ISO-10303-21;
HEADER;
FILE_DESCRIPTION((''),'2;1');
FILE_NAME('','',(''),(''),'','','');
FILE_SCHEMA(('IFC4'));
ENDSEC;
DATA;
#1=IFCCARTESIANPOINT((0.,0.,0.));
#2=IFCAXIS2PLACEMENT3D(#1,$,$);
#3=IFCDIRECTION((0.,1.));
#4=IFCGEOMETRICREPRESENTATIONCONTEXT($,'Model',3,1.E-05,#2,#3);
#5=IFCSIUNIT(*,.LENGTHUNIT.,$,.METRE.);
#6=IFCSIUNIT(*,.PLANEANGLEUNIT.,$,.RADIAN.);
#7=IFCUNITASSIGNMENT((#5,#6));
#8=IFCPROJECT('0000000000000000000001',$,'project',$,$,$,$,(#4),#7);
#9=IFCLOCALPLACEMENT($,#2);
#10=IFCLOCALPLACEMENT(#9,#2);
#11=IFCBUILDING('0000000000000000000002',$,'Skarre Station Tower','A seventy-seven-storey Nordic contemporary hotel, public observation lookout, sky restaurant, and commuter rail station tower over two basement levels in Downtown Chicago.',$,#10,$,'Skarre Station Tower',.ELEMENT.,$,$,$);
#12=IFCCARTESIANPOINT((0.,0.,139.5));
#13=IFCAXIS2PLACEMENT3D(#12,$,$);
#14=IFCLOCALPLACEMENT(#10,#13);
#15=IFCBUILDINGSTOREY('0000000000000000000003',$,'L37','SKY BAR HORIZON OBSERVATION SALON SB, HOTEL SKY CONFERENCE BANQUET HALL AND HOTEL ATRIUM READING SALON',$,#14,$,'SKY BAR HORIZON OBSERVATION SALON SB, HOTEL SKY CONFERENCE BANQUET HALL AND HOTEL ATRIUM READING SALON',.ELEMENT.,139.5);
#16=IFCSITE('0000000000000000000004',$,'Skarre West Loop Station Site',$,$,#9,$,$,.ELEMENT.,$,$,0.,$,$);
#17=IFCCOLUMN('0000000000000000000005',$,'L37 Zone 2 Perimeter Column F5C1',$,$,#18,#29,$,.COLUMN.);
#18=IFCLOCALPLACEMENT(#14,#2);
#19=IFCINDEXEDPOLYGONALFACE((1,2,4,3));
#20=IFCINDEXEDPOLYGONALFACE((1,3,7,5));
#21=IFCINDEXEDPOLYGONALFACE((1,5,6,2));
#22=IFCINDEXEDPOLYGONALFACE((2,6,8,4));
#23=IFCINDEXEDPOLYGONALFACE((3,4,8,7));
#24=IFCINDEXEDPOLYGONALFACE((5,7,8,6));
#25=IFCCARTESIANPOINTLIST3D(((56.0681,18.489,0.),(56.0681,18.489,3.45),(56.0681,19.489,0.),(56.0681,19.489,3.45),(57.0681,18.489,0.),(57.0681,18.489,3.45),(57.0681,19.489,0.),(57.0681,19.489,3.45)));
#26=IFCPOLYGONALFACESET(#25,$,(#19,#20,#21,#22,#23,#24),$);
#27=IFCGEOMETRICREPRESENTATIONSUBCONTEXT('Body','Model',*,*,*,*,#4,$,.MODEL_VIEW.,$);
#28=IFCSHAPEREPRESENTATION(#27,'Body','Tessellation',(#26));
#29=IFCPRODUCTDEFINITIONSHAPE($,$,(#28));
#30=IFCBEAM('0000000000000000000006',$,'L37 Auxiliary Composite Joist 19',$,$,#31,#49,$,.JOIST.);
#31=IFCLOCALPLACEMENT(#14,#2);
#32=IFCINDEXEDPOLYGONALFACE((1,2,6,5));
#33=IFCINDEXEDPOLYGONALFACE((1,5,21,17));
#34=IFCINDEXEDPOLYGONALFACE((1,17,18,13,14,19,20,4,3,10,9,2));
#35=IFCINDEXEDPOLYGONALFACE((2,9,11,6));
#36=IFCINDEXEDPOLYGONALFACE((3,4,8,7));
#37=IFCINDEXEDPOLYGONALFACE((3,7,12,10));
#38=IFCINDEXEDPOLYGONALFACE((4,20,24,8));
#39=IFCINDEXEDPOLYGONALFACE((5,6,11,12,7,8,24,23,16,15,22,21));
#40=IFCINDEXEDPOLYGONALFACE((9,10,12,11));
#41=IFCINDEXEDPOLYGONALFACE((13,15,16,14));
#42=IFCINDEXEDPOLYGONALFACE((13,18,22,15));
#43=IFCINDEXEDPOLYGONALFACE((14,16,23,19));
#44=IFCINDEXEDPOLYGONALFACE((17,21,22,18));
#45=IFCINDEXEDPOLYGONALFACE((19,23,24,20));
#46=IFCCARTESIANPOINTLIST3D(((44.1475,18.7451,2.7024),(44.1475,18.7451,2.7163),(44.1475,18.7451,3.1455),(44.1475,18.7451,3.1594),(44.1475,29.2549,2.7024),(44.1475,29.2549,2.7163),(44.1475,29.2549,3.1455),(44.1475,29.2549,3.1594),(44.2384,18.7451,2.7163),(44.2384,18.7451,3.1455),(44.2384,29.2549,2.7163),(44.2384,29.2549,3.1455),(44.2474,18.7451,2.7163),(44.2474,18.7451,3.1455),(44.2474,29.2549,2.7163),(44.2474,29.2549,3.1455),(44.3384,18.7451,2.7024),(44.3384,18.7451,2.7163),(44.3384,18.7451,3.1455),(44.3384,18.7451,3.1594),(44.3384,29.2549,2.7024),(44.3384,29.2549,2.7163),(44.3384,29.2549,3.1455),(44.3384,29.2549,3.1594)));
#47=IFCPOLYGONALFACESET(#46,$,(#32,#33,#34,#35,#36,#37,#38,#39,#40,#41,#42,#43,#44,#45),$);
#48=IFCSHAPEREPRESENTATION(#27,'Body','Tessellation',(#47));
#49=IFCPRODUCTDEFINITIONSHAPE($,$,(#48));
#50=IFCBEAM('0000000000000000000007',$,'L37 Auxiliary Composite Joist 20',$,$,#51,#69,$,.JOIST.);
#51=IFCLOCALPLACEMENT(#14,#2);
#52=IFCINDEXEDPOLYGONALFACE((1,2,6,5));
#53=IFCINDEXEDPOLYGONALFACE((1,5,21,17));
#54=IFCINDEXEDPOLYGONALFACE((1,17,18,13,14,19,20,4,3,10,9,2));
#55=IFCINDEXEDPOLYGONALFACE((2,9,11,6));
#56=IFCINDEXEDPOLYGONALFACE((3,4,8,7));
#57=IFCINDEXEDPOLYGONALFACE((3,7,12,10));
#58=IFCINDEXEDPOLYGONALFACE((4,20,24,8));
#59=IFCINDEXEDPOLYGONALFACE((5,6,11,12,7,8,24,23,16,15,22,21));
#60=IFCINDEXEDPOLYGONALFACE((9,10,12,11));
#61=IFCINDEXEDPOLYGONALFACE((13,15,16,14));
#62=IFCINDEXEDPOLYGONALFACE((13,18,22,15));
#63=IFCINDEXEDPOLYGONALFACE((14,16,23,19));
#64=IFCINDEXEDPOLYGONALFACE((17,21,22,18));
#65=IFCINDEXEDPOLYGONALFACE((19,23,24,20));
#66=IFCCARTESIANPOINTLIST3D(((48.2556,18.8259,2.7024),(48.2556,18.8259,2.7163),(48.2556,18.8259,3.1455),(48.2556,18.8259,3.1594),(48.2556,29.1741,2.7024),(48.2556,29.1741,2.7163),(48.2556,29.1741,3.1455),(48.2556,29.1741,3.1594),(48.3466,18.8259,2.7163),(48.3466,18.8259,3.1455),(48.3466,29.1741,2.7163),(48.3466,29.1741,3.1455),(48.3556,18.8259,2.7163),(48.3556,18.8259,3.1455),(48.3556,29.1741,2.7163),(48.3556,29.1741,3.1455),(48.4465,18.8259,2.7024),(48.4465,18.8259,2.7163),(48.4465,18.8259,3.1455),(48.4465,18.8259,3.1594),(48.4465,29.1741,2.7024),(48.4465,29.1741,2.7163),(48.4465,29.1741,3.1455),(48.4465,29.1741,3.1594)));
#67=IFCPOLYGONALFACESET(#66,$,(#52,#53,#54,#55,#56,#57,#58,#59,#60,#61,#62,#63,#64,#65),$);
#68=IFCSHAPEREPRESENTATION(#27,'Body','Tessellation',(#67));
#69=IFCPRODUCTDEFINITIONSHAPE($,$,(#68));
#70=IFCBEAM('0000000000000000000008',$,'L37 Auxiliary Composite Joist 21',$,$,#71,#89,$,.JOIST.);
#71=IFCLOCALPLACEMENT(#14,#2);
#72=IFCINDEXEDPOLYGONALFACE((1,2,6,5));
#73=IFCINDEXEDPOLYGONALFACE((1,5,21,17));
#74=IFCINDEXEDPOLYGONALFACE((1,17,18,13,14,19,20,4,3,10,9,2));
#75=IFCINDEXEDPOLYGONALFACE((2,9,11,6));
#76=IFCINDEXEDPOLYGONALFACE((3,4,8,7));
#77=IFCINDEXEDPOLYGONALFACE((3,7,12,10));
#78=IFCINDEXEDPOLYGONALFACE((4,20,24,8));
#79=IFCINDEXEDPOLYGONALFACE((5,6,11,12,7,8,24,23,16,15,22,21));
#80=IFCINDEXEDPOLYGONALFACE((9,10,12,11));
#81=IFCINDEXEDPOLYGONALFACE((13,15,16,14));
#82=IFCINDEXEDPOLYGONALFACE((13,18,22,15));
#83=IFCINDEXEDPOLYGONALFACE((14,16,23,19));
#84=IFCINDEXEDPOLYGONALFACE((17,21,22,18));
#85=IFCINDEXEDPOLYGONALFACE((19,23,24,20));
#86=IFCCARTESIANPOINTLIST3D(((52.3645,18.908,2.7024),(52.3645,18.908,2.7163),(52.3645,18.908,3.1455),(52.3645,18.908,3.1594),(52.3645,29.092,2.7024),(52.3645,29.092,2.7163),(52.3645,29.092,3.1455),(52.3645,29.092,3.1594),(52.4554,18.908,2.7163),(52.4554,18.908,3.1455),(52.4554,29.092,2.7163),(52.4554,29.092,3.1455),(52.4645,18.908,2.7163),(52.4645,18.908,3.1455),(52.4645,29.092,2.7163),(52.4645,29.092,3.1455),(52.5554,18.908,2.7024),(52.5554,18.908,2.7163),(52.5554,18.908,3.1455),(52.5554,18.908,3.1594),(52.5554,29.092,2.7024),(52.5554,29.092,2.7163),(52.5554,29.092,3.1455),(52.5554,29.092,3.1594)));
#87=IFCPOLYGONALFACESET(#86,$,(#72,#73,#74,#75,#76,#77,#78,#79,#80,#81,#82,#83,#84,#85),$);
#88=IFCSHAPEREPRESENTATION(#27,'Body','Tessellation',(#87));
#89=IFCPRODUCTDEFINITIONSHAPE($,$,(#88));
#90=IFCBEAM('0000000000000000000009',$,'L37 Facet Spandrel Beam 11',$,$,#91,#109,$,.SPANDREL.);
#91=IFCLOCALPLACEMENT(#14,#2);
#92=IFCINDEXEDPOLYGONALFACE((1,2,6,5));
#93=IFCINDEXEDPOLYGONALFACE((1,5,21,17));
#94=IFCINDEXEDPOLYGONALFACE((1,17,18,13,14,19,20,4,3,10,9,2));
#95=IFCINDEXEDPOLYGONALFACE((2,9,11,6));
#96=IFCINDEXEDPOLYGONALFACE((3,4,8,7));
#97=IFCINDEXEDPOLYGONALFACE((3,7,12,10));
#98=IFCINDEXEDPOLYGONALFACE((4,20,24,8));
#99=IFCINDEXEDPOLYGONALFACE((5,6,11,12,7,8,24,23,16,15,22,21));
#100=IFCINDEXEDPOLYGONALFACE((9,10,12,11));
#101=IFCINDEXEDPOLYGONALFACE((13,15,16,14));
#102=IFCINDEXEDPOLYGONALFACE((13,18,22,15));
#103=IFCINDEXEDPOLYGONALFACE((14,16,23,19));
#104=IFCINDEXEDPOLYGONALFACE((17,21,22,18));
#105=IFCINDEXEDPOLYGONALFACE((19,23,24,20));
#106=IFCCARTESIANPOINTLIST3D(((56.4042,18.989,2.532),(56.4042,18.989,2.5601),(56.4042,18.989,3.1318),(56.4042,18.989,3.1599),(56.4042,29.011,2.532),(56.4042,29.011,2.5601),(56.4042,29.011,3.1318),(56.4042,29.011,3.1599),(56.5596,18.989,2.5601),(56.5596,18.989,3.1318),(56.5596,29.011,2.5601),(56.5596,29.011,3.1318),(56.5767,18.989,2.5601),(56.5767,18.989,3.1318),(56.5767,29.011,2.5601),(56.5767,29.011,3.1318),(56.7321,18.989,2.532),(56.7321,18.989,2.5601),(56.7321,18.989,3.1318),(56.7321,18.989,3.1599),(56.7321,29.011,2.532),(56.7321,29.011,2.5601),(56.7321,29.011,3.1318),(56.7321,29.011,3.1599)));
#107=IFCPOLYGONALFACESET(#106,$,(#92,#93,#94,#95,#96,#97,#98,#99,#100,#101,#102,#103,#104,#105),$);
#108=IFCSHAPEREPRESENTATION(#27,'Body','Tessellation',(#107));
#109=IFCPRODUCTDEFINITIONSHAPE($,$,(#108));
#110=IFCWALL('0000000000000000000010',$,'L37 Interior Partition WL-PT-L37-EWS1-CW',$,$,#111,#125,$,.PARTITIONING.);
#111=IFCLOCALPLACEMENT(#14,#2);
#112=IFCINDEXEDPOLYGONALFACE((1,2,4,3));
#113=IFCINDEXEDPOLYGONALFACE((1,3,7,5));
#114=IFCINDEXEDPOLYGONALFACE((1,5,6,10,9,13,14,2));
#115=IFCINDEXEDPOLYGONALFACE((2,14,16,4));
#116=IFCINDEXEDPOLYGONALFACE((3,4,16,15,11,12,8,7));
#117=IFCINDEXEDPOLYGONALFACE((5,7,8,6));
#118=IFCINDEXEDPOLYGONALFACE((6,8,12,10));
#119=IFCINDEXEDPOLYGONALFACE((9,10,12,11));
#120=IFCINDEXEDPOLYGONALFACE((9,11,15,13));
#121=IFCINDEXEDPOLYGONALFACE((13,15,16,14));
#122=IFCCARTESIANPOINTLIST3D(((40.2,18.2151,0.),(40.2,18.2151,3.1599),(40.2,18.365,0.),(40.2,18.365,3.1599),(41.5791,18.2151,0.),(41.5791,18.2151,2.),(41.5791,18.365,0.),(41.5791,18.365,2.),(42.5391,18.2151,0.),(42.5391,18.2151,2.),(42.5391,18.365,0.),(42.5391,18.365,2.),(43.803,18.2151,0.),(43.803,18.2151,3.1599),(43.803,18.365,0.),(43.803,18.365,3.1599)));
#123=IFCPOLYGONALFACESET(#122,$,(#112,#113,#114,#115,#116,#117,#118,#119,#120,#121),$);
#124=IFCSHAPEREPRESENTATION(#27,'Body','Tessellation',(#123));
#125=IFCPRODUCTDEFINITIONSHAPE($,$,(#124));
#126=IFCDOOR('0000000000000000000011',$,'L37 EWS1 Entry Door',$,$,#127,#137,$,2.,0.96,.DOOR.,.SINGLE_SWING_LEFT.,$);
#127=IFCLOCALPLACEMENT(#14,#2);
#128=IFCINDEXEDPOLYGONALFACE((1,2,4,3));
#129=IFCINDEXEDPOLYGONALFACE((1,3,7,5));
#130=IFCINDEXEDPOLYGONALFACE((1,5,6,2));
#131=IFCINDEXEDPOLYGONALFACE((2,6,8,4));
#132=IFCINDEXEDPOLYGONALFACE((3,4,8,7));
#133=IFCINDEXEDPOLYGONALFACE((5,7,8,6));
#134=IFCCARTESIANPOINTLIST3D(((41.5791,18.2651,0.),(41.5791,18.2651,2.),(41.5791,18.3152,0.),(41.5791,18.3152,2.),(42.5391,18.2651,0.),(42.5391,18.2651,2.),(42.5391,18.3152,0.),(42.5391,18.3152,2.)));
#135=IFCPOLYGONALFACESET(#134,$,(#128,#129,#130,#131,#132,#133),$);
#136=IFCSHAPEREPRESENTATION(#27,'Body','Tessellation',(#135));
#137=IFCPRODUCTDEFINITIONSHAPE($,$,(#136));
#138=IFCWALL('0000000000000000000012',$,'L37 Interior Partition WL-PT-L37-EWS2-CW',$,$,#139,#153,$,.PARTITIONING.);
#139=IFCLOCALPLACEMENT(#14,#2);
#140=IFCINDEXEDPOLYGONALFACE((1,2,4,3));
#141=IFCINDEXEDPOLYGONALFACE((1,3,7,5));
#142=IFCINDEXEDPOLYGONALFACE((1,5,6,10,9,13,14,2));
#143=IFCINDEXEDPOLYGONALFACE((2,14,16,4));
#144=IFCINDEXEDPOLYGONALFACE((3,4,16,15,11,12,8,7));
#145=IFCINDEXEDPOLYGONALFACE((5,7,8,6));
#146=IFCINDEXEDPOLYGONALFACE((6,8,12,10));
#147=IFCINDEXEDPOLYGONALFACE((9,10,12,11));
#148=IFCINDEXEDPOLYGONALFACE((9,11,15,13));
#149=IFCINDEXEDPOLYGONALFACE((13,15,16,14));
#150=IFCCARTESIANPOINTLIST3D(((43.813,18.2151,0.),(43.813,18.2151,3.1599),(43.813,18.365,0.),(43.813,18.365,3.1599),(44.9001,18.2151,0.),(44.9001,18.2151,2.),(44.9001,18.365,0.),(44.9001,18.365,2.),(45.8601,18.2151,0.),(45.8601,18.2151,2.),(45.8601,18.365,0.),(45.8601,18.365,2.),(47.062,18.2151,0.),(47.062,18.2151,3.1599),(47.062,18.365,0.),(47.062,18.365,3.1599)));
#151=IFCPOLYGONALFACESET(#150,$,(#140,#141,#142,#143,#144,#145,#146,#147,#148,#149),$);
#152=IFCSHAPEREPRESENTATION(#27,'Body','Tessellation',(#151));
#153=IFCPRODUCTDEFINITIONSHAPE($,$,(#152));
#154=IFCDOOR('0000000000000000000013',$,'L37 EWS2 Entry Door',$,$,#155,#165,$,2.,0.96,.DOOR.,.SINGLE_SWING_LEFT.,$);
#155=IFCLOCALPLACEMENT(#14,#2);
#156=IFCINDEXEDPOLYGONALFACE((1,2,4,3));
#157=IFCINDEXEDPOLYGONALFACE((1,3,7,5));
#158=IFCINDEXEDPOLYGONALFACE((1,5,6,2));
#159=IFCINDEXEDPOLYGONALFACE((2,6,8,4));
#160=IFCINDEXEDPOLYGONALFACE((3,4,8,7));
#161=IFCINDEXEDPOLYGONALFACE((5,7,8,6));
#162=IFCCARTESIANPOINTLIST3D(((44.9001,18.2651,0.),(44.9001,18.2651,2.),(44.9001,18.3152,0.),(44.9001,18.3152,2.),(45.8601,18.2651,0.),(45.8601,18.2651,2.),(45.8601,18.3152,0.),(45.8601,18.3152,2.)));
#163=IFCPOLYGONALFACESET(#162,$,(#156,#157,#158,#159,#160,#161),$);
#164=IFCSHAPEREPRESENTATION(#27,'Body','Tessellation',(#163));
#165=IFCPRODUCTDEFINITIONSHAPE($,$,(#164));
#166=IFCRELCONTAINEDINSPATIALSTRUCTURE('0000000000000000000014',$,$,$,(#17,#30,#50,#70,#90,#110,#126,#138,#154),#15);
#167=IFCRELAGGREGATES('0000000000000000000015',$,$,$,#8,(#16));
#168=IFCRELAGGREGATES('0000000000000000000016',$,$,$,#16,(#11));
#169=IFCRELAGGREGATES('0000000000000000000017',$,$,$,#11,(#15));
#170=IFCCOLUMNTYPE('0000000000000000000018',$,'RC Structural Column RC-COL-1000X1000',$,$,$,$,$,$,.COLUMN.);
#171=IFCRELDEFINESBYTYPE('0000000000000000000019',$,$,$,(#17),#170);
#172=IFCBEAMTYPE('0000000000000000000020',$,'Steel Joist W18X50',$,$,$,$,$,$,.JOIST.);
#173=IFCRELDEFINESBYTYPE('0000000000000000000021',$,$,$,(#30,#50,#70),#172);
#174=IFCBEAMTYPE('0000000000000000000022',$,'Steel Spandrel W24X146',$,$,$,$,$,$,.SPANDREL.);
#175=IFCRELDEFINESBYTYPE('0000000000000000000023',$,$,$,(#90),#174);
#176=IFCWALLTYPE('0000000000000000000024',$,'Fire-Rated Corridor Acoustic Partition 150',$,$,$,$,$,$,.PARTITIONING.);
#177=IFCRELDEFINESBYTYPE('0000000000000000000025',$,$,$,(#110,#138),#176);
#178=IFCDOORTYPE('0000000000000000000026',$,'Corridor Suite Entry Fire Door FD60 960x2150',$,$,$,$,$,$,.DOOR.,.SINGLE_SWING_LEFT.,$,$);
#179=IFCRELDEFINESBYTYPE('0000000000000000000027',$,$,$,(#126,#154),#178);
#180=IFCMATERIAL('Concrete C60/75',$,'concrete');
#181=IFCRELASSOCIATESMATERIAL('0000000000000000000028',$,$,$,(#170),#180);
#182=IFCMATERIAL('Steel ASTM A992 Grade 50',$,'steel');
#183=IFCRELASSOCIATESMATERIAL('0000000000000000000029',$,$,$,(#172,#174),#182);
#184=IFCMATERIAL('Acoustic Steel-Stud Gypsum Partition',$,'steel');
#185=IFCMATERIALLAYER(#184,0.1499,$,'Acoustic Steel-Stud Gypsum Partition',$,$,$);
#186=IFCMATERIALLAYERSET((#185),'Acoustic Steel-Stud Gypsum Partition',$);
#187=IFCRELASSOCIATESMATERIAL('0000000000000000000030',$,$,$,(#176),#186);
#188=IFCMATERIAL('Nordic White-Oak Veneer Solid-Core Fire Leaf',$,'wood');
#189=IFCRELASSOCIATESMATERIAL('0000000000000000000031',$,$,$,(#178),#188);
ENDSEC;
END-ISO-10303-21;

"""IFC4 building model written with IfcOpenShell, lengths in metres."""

from ifc_helpers import new_model, si_unit, direction, frame, frame_2d, origin, origin_2d, place, context, subcontext, project, spatial, rectangle, i_section, extrude, material, layer, layer_set, material_profile, profile_set, type_object, element, fill, save


model = new_model("IFC4")

# Units and contexts
model_context = context("Model", 3, precision=1e-05, world=origin(), true_north=direction((0.0, 1.0)))
body_context = subcontext(model_context, "Body", "Model", "MODEL_VIEW")
ifc_project = project(units=[si_unit("LENGTHUNIT", "METRE"), si_unit("PLANEANGLEUNIT", "RADIAN")], contexts=[model_context])

# Site, building, storey
site_placement = place(None, origin())
site = spatial("IfcSite", under=ifc_project, at=site_placement, Name="Skarre West Loop Station Site", CompositionType="ELEMENT", RefElevation=0.0)
building_placement = place(site_placement, origin())
building = spatial("IfcBuilding", under=site, at=building_placement, Name="Skarre Station Tower", Description="A seventy-seven-storey Nordic contemporary hotel, public observation lookout, sky restaurant, and commuter rail station tower over two basement levels in Downtown Chicago.", LongName="Skarre Station Tower", CompositionType="ELEMENT")
storey_placement = place(building_placement, frame((0.0, 0.0, 139.5)))
storey = spatial("IfcBuildingStorey", under=building, at=storey_placement, Name="L37", Description="SKY BAR HORIZON OBSERVATION SALON SB, HOTEL SKY CONFERENCE BANQUET HALL AND HOTEL ATRIUM READING SALON", LongName="SKY BAR HORIZON OBSERVATION SALON SB, HOTEL SKY CONFERENCE BANQUET HALL AND HOTEL ATRIUM READING SALON", CompositionType="ELEMENT", Elevation=139.5)

# Column
ifc_material_1 = material(Name="Concrete C60/75", Category="concrete")
ifc_material_profile_1 = material_profile(ifc_material_1, rectangle(XDim=1.0, YDim=1.0, at=origin_2d()), Name="Concrete C60/75")
ifc_profile_set_1 = profile_set([ifc_material_profile_1], Name="Concrete C60/75")
column_type = type_object("IfcColumnType", Name="RC Structural Column RC-COL-1000X1000", PredefinedType="COLUMN", material=ifc_profile_set_1)
column_placement = place(storey_placement, frame((56.5681, 18.989, 0.0), z_axis=(0.0, 0.0, 1.0), x_axis=(1.0, 0.0, 0.0)))
element("IfcColumn", 1, at=column_placement, inside=storey, type_object=column_type, Name="L37 Zone 2 Perimeter Column F5C1", PredefinedType="COLUMN", context=body_context, shape_type="SweptSolid", body=[
    extrude(rectangle(XDim=1.0, YDim=1.0, at=origin_2d()), origin(), (0.0, 0.0, 1.0), 3.45),
])

# Beams
ifc_material_2 = material(Name="Steel ASTM A992 Grade 50", Category="steel")
ifc_material_profile_2 = material_profile(ifc_material_2, i_section(OverallWidth=0.1909, OverallDepth=0.457, WebThickness=0.009, FlangeThickness=0.0139, at=origin_2d()), Name="Steel ASTM A992 Grade 50")
ifc_profile_set_2 = profile_set([ifc_material_profile_2], Name="Steel ASTM A992 Grade 50")
beam_type_1 = type_object("IfcBeamType", Name="Steel Joist W18X50", PredefinedType="JOIST", material=ifc_profile_set_2)
beam_1_placement = place(storey_placement, frame((44.2429, 18.7451, 2.9309), z_axis=(0.0, 1.0, 0.0), x_axis=(-1.0, 0.0, 0.0)))
element("IfcBeam", 2, at=beam_1_placement, inside=storey, type_object=beam_type_1, Name="L37 Auxiliary Composite Joist 19", PredefinedType="JOIST", context=body_context, shape_type="SweptSolid", body=[
    extrude(i_section(OverallWidth=0.1909, OverallDepth=0.457, WebThickness=0.009, FlangeThickness=0.0139, at=origin_2d()), origin(), (0.0, 0.0, 1.0), 10.5098),
])
beam_2_placement = place(storey_placement, frame((48.3511, 18.8259, 2.9309), z_axis=(0.0, 1.0, 0.0), x_axis=(-1.0, 0.0, 0.0)))
element("IfcBeam", 3, at=beam_2_placement, inside=storey, type_object=beam_type_1, Name="L37 Auxiliary Composite Joist 20", PredefinedType="JOIST", context=body_context, shape_type="SweptSolid", body=[
    extrude(i_section(OverallWidth=0.1909, OverallDepth=0.457, WebThickness=0.009, FlangeThickness=0.0139, at=origin_2d()), origin(), (0.0, 0.0, 1.0), 10.3481),
])
beam_3_placement = place(storey_placement, frame((52.46, 18.908, 2.9309), z_axis=(0.0, 1.0, 0.0), x_axis=(-1.0, 0.0, 0.0)))
element("IfcBeam", 4, at=beam_3_placement, inside=storey, type_object=beam_type_1, Name="L37 Auxiliary Composite Joist 21", PredefinedType="JOIST", context=body_context, shape_type="SweptSolid", body=[
    extrude(i_section(OverallWidth=0.1909, OverallDepth=0.457, WebThickness=0.009, FlangeThickness=0.0139, at=origin_2d()), origin(), (0.0, 0.0, 1.0), 10.1841),
])
ifc_material_profile_3 = material_profile(ifc_material_2, i_section(OverallWidth=0.3279, OverallDepth=0.6279, WebThickness=0.0171, FlangeThickness=0.0281, at=origin_2d()), Name="Steel ASTM A992 Grade 50")
ifc_profile_set_3 = profile_set([ifc_material_profile_3], Name="Steel ASTM A992 Grade 50")
beam_type_2 = type_object("IfcBeamType", Name="Steel Spandrel W24X146", PredefinedType="SPANDREL", material=ifc_profile_set_3)
beam_4_placement = place(storey_placement, frame((56.5681, 18.989, 2.8459), z_axis=(0.0, 1.0, 0.0), x_axis=(-1.0, 0.0, 0.0)))
element("IfcBeam", 5, at=beam_4_placement, inside=storey, type_object=beam_type_2, Name="L37 Facet Spandrel Beam 11", PredefinedType="SPANDREL", context=body_context, shape_type="SweptSolid", body=[
    extrude(i_section(OverallWidth=0.3279, OverallDepth=0.6279, WebThickness=0.0171, FlangeThickness=0.0281, at=origin_2d()), origin(), (0.0, 0.0, 1.0), 10.022),
])

# Walls, openings, doors
ifc_material_3 = material(Name="Acoustic Steel-Stud Gypsum Partition", Category="steel")
ifc_layer_1 = layer(ifc_material_3, 0.1499, Name="Acoustic Steel-Stud Gypsum Partition")
ifc_layer_set_1 = layer_set([ifc_layer_1], Name="Acoustic Steel-Stud Gypsum Partition")
wall_type_1 = type_object("IfcWallType", Name="Fire-Rated Corridor Acoustic Partition 150", PredefinedType="PARTITIONING", material=ifc_layer_set_1)
wall_1_placement = place(storey_placement, frame((43.803, 18.29, 0.0), z_axis=(0.0, 0.0, 1.0), x_axis=(-1.0, 0.0, 0.0)))
wall_1 = element("IfcWall", 6, at=wall_1_placement, inside=storey, type_object=wall_type_1, Name="L37 Interior Partition WL-PT-L37-EWS1-CW", PredefinedType="PARTITIONING", context=body_context, shape_type="SweptSolid", body=[
    extrude(rectangle(XDim=3.603, YDim=0.1499, at=frame_2d((1.8015, 0.0))), origin(), (0.0, 0.0, 1.0), 3.1599),
])
opening_1_placement = place(wall_1_placement, frame((1.2639, 0.0, 0.0)))
opening_1 = element("IfcOpeningElement", 7, at=opening_1_placement, cuts=wall_1, PredefinedType="OPENING", context=body_context, shape_type="SweptSolid", body=[
    extrude(rectangle(XDim=0.96, YDim=2.0, at=frame_2d((0.48, 1.0))), frame((0.0, 0.085, 0.0), z_axis=(0.0, -1.0, 0.0), x_axis=(1.0, 0.0, 0.0)), (0.0, 0.0, 1.0), 0.1699),
])
ifc_material_4 = material(Name="Nordic White-Oak Veneer Solid-Core Fire Leaf", Category="wood")
door_type = type_object("IfcDoorType", Name="Corridor Suite Entry Fire Door FD60 960x2150", OperationType="SINGLE_SWING_LEFT", PredefinedType="DOOR", material=ifc_material_4)
door_1_placement = place(opening_1_placement, origin())
door_1 = element("IfcDoor", 8, at=door_1_placement, inside=storey, type_object=door_type, Name="L37 EWS1 Entry Door", OperationType="SINGLE_SWING_LEFT", OverallHeight=2.0, OverallWidth=0.96, PredefinedType="DOOR", context=body_context, shape_type="SweptSolid", body=[
    extrude(rectangle(XDim=0.96, YDim=2.0, at=frame_2d((0.48, 1.0))), frame((0.0, 0.0249, 0.0), z_axis=(0.0, -1.0, 0.0), x_axis=(1.0, 0.0, 0.0)), (0.0, 0.0, 1.0), 0.05),
])
fill(opening_1, door_1)
wall_2_placement = place(storey_placement, frame((47.062, 18.29, 0.0), z_axis=(0.0, 0.0, 1.0), x_axis=(-1.0, 0.0, 0.0)))
wall_2 = element("IfcWall", 9, at=wall_2_placement, inside=storey, type_object=wall_type_1, Name="L37 Interior Partition WL-PT-L37-EWS2-CW", PredefinedType="PARTITIONING", context=body_context, shape_type="SweptSolid", body=[
    extrude(rectangle(XDim=3.249, YDim=0.1499, at=frame_2d((1.6245, 0.0))), origin(), (0.0, 0.0, 1.0), 3.1599),
])
opening_2_placement = place(wall_2_placement, frame((1.2019, 0.0, 0.0)))
opening_2 = element("IfcOpeningElement", 10, at=opening_2_placement, cuts=wall_2, PredefinedType="OPENING", context=body_context, shape_type="SweptSolid", body=[
    extrude(rectangle(XDim=0.96, YDim=2.0, at=frame_2d((0.48, 1.0))), frame((0.0, 0.085, 0.0), z_axis=(0.0, -1.0, 0.0), x_axis=(1.0, 0.0, 0.0)), (0.0, 0.0, 1.0), 0.1699),
])
door_2_placement = place(opening_2_placement, origin())
door_2 = element("IfcDoor", 11, at=door_2_placement, inside=storey, type_object=door_type, Name="L37 EWS2 Entry Door", OperationType="SINGLE_SWING_LEFT", OverallHeight=2.0, OverallWidth=0.96, PredefinedType="DOOR", context=body_context, shape_type="SweptSolid", body=[
    extrude(rectangle(XDim=0.96, YDim=2.0, at=frame_2d((0.48, 1.0))), frame((0.0, 0.0249, 0.0), z_axis=(0.0, -1.0, 0.0), x_axis=(1.0, 0.0, 0.0)), (0.0, 0.0, 1.0), 0.05),
])
fill(opening_2, door_2)

save(model, "model.ifc")
